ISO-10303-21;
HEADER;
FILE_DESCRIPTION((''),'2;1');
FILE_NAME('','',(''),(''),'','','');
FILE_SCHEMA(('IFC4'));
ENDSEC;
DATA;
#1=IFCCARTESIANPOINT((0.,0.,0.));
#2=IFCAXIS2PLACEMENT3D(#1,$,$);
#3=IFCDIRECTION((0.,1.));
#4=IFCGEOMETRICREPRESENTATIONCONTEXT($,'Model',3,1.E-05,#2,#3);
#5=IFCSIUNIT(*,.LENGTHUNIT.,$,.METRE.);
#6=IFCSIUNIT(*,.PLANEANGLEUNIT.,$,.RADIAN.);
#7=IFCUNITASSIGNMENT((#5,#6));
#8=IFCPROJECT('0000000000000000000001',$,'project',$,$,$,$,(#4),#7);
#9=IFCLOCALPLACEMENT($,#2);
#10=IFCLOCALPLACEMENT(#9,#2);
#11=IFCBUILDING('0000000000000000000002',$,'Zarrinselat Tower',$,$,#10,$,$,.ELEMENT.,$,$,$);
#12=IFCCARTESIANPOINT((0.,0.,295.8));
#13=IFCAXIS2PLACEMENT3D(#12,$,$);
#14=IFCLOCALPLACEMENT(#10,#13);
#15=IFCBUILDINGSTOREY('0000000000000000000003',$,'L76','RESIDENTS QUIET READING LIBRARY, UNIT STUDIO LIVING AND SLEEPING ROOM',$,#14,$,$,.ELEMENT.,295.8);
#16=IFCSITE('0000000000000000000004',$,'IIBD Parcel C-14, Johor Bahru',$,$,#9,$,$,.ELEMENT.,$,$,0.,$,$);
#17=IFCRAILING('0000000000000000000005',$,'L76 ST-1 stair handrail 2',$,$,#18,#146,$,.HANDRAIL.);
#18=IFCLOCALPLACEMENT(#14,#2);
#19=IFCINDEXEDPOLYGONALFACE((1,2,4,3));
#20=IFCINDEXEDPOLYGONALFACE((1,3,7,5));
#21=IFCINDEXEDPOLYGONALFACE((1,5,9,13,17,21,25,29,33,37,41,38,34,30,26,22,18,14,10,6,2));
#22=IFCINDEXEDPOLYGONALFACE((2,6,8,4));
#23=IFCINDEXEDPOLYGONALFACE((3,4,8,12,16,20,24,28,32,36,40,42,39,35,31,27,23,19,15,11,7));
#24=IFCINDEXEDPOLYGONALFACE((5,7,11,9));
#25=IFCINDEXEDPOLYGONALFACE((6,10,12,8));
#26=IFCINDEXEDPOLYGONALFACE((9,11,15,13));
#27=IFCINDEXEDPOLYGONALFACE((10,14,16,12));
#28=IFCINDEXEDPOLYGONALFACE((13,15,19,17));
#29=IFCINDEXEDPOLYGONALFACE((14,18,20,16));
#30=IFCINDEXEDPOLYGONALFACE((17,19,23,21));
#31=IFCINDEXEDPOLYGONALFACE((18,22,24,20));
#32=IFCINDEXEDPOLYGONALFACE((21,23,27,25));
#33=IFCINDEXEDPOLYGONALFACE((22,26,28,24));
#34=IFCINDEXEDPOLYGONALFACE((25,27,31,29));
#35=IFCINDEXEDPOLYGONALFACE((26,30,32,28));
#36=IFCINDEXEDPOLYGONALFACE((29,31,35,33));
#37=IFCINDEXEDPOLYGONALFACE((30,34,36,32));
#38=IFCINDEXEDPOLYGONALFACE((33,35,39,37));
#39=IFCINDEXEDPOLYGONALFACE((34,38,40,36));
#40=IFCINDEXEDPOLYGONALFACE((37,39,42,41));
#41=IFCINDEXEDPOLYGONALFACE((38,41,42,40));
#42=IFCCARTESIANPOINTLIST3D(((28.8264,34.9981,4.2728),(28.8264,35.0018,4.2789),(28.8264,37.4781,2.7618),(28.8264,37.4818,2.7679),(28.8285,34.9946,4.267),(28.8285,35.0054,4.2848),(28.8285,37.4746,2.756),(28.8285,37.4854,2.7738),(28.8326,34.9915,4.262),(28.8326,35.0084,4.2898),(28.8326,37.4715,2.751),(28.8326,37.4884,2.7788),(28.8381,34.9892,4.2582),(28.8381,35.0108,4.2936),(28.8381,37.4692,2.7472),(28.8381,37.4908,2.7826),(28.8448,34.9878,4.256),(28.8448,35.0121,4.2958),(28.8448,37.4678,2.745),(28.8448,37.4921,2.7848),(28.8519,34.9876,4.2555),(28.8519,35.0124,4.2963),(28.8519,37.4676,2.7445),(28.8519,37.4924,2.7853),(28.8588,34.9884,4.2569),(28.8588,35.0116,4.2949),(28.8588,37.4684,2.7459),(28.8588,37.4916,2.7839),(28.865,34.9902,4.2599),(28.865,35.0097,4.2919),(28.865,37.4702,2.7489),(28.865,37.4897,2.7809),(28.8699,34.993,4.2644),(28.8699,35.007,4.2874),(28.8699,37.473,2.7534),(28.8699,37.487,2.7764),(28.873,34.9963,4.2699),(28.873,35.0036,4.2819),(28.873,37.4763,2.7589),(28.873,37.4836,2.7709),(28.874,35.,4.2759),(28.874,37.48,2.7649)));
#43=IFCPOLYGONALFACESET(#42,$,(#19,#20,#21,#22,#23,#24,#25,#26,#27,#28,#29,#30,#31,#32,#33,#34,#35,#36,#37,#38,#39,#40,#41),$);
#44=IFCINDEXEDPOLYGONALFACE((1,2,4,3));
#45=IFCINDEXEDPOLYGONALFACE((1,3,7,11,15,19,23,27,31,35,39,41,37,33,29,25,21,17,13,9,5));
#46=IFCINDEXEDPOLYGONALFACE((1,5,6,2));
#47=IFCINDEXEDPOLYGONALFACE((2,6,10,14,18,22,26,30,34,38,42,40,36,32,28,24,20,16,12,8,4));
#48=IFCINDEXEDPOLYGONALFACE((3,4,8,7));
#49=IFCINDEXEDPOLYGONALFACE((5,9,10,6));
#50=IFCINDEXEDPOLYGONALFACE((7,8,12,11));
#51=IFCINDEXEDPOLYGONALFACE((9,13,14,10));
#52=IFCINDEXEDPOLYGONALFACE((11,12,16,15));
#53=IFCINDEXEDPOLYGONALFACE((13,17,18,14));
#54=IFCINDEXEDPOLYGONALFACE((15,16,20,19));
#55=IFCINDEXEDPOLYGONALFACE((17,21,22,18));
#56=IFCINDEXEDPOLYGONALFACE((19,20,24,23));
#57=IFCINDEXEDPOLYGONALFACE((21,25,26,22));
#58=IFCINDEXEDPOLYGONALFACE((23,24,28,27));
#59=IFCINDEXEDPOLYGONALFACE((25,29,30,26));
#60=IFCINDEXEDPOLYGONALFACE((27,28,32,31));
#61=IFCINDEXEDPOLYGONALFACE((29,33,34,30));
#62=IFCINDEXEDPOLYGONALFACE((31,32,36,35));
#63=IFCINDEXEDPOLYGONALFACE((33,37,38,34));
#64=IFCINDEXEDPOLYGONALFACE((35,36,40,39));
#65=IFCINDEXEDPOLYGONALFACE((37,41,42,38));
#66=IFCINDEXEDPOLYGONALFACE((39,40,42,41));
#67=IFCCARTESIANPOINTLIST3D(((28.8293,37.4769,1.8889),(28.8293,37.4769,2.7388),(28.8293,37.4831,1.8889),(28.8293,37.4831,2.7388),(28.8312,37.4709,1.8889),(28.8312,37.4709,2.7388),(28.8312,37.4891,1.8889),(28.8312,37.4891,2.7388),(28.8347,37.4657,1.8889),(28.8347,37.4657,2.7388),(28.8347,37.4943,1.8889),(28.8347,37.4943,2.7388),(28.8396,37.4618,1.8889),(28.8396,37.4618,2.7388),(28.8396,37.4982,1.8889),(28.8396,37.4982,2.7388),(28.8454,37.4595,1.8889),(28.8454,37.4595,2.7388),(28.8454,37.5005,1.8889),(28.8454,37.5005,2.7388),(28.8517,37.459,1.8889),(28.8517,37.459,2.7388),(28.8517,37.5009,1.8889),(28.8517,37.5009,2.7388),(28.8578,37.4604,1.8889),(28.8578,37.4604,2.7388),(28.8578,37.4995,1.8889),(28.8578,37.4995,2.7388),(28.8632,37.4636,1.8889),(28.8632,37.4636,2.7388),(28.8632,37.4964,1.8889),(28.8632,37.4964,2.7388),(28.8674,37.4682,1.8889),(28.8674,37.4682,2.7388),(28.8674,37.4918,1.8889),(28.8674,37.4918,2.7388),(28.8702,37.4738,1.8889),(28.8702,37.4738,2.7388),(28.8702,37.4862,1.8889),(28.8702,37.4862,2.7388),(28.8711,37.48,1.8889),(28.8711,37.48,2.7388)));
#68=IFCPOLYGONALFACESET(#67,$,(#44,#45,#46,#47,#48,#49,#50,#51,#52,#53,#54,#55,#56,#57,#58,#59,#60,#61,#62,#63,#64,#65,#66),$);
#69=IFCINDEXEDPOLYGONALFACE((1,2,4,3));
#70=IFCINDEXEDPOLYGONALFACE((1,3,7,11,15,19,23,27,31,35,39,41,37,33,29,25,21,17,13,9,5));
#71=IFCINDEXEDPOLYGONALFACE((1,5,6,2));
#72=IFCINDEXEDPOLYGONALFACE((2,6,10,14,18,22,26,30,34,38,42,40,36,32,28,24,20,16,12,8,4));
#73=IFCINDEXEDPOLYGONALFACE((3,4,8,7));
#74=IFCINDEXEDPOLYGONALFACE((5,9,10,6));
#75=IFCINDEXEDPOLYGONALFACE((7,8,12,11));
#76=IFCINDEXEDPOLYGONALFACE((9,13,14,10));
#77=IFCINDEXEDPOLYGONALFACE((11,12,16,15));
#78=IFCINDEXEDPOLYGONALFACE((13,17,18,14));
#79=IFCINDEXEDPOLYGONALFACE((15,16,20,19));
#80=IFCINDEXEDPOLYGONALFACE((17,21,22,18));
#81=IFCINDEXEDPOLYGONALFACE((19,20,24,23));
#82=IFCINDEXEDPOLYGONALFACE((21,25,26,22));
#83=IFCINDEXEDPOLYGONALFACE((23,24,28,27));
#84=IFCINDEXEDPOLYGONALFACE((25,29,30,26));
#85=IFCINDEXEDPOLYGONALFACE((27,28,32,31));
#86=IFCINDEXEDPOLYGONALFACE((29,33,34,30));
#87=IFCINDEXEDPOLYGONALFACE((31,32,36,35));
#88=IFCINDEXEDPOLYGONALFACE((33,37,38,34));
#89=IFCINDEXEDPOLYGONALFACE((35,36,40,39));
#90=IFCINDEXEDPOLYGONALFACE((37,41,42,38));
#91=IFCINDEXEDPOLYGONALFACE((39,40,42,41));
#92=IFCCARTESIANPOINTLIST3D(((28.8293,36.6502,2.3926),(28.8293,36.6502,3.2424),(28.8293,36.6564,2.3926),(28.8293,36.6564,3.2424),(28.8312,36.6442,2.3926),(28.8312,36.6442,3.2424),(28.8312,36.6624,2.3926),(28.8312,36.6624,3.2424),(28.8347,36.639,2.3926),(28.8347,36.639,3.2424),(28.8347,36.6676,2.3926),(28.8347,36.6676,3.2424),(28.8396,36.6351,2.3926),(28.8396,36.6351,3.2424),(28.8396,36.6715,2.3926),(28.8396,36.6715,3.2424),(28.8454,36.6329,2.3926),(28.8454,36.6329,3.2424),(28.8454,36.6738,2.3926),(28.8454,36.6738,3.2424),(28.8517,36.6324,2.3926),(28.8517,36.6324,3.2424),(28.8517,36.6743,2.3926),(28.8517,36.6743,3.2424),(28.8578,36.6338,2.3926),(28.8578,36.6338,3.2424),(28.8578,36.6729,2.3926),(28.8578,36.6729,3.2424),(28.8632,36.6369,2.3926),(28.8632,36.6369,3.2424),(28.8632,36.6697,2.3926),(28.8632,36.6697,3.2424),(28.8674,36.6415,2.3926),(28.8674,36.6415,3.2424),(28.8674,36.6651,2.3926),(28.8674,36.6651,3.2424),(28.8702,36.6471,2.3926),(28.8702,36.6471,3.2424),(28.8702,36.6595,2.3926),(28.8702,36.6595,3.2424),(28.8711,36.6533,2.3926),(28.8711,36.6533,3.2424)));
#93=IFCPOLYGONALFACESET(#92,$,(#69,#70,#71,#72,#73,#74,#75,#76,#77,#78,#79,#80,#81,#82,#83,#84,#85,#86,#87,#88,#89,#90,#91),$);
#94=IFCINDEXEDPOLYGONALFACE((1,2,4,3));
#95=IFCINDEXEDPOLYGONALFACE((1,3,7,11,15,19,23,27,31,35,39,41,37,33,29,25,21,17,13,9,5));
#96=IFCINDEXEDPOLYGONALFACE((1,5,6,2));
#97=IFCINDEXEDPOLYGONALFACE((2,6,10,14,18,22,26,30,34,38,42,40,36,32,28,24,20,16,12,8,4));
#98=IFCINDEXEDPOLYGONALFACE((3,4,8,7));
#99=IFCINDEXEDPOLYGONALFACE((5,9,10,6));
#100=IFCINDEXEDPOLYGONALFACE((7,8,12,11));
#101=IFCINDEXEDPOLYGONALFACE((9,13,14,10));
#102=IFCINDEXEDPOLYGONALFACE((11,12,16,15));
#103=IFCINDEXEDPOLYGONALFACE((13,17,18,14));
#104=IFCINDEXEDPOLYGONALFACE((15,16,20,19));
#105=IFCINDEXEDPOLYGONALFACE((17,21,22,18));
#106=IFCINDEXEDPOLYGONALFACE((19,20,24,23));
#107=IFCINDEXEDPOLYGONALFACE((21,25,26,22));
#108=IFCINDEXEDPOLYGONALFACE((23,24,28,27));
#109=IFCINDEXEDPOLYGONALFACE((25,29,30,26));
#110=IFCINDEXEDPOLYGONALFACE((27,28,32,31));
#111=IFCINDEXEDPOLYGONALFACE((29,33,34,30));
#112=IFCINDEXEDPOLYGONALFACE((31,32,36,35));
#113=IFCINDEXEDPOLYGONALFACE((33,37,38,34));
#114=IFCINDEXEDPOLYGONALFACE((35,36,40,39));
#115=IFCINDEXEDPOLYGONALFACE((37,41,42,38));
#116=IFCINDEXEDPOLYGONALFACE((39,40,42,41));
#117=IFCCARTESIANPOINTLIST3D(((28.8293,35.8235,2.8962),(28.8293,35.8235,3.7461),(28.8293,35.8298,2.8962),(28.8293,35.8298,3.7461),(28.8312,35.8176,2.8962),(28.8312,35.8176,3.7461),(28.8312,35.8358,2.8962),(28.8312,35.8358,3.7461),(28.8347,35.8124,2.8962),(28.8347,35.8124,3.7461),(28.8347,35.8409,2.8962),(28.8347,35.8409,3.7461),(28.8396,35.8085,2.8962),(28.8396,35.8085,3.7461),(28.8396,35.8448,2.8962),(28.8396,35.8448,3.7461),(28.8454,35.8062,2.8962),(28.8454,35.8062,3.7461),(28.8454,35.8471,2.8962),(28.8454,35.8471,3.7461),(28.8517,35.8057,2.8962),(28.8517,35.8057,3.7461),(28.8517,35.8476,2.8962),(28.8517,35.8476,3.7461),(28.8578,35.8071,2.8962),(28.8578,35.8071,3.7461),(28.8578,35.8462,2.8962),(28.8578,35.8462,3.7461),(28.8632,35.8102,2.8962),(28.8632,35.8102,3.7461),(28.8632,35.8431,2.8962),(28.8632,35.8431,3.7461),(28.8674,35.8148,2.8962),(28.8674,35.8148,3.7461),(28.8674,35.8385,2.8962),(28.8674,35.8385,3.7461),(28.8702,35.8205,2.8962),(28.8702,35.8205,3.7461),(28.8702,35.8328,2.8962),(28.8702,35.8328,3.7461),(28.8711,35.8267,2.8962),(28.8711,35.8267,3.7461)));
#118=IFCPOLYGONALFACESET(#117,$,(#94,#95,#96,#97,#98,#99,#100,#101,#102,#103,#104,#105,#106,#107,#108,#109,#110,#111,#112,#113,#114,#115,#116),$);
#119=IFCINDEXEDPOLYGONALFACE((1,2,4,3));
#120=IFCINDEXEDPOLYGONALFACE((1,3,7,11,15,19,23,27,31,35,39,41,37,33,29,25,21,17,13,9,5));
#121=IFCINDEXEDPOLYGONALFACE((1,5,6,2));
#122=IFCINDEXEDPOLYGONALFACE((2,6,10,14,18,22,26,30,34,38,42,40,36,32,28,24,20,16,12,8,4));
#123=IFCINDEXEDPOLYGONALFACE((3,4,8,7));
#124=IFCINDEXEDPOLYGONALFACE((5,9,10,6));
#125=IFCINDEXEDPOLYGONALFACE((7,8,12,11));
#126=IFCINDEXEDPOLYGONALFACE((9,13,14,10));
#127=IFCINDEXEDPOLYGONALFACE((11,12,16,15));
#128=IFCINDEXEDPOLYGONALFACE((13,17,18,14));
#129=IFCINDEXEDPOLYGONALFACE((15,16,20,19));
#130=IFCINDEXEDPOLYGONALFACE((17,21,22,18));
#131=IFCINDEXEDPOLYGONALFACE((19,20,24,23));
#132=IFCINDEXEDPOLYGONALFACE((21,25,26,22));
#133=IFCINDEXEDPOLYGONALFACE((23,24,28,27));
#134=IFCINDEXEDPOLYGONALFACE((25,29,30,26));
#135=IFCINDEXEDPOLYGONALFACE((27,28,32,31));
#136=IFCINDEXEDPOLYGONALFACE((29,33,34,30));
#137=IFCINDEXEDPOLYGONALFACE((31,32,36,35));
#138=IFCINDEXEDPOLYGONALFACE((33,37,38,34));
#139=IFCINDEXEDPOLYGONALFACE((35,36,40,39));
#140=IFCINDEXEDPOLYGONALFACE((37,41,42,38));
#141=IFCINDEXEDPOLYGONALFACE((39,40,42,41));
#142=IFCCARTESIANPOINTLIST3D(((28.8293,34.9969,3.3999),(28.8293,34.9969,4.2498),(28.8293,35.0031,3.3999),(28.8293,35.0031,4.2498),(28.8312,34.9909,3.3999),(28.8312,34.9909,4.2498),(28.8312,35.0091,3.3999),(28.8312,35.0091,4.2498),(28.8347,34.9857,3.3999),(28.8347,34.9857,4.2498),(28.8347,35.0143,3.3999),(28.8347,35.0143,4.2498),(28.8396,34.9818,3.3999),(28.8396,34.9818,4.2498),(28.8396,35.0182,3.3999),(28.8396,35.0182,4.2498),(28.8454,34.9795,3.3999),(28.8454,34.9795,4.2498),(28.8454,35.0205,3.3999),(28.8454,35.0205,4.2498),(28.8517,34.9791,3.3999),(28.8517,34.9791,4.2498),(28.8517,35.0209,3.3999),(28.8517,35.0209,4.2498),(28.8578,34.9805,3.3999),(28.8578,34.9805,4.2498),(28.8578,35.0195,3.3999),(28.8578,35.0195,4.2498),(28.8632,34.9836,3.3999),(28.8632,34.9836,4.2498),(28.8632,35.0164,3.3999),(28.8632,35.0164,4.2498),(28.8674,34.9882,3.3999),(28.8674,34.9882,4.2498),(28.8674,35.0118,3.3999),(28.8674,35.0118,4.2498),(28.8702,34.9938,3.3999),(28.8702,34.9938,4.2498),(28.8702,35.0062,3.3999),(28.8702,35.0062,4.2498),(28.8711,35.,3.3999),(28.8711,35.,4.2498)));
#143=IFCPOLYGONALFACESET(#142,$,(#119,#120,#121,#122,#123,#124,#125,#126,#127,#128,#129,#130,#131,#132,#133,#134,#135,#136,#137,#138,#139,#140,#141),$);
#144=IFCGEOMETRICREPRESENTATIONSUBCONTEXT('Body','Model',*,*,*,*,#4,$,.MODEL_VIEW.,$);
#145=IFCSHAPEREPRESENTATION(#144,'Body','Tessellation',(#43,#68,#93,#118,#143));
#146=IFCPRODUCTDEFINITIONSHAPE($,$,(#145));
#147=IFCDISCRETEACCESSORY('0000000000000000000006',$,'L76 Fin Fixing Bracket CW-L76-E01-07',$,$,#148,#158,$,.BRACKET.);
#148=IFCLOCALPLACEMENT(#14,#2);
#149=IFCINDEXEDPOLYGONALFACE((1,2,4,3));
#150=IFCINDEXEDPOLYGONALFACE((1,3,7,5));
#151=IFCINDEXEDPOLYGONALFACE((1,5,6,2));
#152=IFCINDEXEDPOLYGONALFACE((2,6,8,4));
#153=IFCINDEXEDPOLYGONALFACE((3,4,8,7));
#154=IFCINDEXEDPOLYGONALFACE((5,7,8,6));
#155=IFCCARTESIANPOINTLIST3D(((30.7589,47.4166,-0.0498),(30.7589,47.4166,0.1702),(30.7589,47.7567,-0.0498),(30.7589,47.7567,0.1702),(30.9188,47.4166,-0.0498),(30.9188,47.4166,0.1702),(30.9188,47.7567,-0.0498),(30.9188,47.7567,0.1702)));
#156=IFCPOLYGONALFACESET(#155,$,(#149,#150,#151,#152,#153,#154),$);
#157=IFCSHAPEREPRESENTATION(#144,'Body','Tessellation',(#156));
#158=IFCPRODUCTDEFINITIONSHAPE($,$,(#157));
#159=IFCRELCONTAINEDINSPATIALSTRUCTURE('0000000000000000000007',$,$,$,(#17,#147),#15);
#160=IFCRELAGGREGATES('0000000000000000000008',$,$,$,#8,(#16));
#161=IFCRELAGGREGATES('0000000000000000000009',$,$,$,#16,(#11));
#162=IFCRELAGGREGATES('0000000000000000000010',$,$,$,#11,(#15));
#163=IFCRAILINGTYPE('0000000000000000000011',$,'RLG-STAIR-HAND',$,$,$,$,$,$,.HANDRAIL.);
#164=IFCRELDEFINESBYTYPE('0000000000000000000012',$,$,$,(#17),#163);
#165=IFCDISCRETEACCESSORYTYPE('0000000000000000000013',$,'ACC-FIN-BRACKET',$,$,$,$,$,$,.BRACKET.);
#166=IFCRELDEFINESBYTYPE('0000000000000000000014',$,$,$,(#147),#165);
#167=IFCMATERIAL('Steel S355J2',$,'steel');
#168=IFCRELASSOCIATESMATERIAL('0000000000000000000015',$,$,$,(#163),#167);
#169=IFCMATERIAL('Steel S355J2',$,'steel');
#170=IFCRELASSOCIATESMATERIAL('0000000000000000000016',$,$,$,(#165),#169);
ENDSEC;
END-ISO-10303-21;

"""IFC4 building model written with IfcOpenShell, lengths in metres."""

from ifc_helpers import new_model, si_unit, direction, frame, origin, origin_2d, place, context, subcontext, project, spatial, rectangle, circle, extrude, material, type_object, element, save


model = new_model("IFC4")

# Units and contexts
model_context = context("Model", 3, precision=1e-05, world=origin(), true_north=direction((0.0, 1.0)))
body_context = subcontext(model_context, "Body", "Model", "MODEL_VIEW")
ifc_project = project(units=[si_unit("LENGTHUNIT", "METRE"), si_unit("PLANEANGLEUNIT", "RADIAN")], contexts=[model_context])

# Site, building, storey
site_placement = place(None, origin())
site = spatial("IfcSite", under=ifc_project, at=site_placement, Name="IIBD Parcel C-14, Johor Bahru", CompositionType="ELEMENT", RefElevation=0.0)
building_placement = place(site_placement, origin())
building = spatial("IfcBuilding", under=site, at=building_placement, Name="Zarrinselat Tower", CompositionType="ELEMENT")
storey_placement = place(building_placement, frame((0.0, 0.0, 295.8)))
storey = spatial("IfcBuildingStorey", under=building, at=storey_placement, Name="L76", Description="RESIDENTS QUIET READING LIBRARY, UNIT STUDIO LIVING AND SLEEPING ROOM", CompositionType="ELEMENT", Elevation=295.8)

# Railing
ifc_material_1 = material(Name="Steel S355J2", Category="steel")
railing_type_1 = type_object("IfcRailingType", Name="RLG-STAIR-HAND", PredefinedType="HANDRAIL", material=ifc_material_1)
railing_1_placement = place(storey_placement, frame((28.8501, 37.48, 1.8889)))
element("IfcRailing", 1, at=railing_1_placement, inside=storey, type_object=railing_type_1, Name="L76 ST-1 stair handrail 2", PredefinedType="HANDRAIL", context=body_context, shape_type="SweptSolid", body=[
    extrude(circle(Radius=0.0239, at=origin_2d()), frame((0.0, 0.0, 0.876), z_axis=(0.0, -0.853979, 0.520307), x_axis=(1.0, 0.0, 0.0)), (0.0, 0.0, 1.0), 2.9041),
    extrude(circle(Radius=0.021, at=origin_2d()), origin(), (0.0, 0.0, 1.0), 0.8499),
    extrude(circle(Radius=0.021, at=origin_2d()), frame((0.0, -0.8267, 0.5037)), (0.0, 0.0, 1.0), 0.8499),
    extrude(circle(Radius=0.021, at=origin_2d()), frame((0.0, -1.6533, 1.0073)), (0.0, 0.0, 1.0), 0.8499),
    extrude(circle(Radius=0.021, at=origin_2d()), frame((0.0, -2.48, 1.511)), (0.0, 0.0, 1.0), 0.8499),
])

# Discrete accessory
ifc_material_2 = material(Name="Steel S355J2", Category="steel")
discrete_accessory_type = type_object("IfcDiscreteAccessoryType", Name="ACC-FIN-BRACKET", PredefinedType="BRACKET", material=ifc_material_2)
discrete_accessory_placement = place(storey_placement, frame((30.8389, 47.5867, -0.0498), z_axis=(0.0, 0.0, 1.0), x_axis=(0.0, 1.0, 0.0)))
element("IfcDiscreteAccessory", 2, at=discrete_accessory_placement, inside=storey, type_object=discrete_accessory_type, Name="L76 Fin Fixing Bracket CW-L76-E01-07", PredefinedType="BRACKET", context=body_context, shape_type="SweptSolid", body=[
    extrude(rectangle(XDim=0.3401, YDim=0.1599, at=origin_2d()), origin(), (0.0, 0.0, 1.0), 0.22),
])

save(model, "model.ifc")
